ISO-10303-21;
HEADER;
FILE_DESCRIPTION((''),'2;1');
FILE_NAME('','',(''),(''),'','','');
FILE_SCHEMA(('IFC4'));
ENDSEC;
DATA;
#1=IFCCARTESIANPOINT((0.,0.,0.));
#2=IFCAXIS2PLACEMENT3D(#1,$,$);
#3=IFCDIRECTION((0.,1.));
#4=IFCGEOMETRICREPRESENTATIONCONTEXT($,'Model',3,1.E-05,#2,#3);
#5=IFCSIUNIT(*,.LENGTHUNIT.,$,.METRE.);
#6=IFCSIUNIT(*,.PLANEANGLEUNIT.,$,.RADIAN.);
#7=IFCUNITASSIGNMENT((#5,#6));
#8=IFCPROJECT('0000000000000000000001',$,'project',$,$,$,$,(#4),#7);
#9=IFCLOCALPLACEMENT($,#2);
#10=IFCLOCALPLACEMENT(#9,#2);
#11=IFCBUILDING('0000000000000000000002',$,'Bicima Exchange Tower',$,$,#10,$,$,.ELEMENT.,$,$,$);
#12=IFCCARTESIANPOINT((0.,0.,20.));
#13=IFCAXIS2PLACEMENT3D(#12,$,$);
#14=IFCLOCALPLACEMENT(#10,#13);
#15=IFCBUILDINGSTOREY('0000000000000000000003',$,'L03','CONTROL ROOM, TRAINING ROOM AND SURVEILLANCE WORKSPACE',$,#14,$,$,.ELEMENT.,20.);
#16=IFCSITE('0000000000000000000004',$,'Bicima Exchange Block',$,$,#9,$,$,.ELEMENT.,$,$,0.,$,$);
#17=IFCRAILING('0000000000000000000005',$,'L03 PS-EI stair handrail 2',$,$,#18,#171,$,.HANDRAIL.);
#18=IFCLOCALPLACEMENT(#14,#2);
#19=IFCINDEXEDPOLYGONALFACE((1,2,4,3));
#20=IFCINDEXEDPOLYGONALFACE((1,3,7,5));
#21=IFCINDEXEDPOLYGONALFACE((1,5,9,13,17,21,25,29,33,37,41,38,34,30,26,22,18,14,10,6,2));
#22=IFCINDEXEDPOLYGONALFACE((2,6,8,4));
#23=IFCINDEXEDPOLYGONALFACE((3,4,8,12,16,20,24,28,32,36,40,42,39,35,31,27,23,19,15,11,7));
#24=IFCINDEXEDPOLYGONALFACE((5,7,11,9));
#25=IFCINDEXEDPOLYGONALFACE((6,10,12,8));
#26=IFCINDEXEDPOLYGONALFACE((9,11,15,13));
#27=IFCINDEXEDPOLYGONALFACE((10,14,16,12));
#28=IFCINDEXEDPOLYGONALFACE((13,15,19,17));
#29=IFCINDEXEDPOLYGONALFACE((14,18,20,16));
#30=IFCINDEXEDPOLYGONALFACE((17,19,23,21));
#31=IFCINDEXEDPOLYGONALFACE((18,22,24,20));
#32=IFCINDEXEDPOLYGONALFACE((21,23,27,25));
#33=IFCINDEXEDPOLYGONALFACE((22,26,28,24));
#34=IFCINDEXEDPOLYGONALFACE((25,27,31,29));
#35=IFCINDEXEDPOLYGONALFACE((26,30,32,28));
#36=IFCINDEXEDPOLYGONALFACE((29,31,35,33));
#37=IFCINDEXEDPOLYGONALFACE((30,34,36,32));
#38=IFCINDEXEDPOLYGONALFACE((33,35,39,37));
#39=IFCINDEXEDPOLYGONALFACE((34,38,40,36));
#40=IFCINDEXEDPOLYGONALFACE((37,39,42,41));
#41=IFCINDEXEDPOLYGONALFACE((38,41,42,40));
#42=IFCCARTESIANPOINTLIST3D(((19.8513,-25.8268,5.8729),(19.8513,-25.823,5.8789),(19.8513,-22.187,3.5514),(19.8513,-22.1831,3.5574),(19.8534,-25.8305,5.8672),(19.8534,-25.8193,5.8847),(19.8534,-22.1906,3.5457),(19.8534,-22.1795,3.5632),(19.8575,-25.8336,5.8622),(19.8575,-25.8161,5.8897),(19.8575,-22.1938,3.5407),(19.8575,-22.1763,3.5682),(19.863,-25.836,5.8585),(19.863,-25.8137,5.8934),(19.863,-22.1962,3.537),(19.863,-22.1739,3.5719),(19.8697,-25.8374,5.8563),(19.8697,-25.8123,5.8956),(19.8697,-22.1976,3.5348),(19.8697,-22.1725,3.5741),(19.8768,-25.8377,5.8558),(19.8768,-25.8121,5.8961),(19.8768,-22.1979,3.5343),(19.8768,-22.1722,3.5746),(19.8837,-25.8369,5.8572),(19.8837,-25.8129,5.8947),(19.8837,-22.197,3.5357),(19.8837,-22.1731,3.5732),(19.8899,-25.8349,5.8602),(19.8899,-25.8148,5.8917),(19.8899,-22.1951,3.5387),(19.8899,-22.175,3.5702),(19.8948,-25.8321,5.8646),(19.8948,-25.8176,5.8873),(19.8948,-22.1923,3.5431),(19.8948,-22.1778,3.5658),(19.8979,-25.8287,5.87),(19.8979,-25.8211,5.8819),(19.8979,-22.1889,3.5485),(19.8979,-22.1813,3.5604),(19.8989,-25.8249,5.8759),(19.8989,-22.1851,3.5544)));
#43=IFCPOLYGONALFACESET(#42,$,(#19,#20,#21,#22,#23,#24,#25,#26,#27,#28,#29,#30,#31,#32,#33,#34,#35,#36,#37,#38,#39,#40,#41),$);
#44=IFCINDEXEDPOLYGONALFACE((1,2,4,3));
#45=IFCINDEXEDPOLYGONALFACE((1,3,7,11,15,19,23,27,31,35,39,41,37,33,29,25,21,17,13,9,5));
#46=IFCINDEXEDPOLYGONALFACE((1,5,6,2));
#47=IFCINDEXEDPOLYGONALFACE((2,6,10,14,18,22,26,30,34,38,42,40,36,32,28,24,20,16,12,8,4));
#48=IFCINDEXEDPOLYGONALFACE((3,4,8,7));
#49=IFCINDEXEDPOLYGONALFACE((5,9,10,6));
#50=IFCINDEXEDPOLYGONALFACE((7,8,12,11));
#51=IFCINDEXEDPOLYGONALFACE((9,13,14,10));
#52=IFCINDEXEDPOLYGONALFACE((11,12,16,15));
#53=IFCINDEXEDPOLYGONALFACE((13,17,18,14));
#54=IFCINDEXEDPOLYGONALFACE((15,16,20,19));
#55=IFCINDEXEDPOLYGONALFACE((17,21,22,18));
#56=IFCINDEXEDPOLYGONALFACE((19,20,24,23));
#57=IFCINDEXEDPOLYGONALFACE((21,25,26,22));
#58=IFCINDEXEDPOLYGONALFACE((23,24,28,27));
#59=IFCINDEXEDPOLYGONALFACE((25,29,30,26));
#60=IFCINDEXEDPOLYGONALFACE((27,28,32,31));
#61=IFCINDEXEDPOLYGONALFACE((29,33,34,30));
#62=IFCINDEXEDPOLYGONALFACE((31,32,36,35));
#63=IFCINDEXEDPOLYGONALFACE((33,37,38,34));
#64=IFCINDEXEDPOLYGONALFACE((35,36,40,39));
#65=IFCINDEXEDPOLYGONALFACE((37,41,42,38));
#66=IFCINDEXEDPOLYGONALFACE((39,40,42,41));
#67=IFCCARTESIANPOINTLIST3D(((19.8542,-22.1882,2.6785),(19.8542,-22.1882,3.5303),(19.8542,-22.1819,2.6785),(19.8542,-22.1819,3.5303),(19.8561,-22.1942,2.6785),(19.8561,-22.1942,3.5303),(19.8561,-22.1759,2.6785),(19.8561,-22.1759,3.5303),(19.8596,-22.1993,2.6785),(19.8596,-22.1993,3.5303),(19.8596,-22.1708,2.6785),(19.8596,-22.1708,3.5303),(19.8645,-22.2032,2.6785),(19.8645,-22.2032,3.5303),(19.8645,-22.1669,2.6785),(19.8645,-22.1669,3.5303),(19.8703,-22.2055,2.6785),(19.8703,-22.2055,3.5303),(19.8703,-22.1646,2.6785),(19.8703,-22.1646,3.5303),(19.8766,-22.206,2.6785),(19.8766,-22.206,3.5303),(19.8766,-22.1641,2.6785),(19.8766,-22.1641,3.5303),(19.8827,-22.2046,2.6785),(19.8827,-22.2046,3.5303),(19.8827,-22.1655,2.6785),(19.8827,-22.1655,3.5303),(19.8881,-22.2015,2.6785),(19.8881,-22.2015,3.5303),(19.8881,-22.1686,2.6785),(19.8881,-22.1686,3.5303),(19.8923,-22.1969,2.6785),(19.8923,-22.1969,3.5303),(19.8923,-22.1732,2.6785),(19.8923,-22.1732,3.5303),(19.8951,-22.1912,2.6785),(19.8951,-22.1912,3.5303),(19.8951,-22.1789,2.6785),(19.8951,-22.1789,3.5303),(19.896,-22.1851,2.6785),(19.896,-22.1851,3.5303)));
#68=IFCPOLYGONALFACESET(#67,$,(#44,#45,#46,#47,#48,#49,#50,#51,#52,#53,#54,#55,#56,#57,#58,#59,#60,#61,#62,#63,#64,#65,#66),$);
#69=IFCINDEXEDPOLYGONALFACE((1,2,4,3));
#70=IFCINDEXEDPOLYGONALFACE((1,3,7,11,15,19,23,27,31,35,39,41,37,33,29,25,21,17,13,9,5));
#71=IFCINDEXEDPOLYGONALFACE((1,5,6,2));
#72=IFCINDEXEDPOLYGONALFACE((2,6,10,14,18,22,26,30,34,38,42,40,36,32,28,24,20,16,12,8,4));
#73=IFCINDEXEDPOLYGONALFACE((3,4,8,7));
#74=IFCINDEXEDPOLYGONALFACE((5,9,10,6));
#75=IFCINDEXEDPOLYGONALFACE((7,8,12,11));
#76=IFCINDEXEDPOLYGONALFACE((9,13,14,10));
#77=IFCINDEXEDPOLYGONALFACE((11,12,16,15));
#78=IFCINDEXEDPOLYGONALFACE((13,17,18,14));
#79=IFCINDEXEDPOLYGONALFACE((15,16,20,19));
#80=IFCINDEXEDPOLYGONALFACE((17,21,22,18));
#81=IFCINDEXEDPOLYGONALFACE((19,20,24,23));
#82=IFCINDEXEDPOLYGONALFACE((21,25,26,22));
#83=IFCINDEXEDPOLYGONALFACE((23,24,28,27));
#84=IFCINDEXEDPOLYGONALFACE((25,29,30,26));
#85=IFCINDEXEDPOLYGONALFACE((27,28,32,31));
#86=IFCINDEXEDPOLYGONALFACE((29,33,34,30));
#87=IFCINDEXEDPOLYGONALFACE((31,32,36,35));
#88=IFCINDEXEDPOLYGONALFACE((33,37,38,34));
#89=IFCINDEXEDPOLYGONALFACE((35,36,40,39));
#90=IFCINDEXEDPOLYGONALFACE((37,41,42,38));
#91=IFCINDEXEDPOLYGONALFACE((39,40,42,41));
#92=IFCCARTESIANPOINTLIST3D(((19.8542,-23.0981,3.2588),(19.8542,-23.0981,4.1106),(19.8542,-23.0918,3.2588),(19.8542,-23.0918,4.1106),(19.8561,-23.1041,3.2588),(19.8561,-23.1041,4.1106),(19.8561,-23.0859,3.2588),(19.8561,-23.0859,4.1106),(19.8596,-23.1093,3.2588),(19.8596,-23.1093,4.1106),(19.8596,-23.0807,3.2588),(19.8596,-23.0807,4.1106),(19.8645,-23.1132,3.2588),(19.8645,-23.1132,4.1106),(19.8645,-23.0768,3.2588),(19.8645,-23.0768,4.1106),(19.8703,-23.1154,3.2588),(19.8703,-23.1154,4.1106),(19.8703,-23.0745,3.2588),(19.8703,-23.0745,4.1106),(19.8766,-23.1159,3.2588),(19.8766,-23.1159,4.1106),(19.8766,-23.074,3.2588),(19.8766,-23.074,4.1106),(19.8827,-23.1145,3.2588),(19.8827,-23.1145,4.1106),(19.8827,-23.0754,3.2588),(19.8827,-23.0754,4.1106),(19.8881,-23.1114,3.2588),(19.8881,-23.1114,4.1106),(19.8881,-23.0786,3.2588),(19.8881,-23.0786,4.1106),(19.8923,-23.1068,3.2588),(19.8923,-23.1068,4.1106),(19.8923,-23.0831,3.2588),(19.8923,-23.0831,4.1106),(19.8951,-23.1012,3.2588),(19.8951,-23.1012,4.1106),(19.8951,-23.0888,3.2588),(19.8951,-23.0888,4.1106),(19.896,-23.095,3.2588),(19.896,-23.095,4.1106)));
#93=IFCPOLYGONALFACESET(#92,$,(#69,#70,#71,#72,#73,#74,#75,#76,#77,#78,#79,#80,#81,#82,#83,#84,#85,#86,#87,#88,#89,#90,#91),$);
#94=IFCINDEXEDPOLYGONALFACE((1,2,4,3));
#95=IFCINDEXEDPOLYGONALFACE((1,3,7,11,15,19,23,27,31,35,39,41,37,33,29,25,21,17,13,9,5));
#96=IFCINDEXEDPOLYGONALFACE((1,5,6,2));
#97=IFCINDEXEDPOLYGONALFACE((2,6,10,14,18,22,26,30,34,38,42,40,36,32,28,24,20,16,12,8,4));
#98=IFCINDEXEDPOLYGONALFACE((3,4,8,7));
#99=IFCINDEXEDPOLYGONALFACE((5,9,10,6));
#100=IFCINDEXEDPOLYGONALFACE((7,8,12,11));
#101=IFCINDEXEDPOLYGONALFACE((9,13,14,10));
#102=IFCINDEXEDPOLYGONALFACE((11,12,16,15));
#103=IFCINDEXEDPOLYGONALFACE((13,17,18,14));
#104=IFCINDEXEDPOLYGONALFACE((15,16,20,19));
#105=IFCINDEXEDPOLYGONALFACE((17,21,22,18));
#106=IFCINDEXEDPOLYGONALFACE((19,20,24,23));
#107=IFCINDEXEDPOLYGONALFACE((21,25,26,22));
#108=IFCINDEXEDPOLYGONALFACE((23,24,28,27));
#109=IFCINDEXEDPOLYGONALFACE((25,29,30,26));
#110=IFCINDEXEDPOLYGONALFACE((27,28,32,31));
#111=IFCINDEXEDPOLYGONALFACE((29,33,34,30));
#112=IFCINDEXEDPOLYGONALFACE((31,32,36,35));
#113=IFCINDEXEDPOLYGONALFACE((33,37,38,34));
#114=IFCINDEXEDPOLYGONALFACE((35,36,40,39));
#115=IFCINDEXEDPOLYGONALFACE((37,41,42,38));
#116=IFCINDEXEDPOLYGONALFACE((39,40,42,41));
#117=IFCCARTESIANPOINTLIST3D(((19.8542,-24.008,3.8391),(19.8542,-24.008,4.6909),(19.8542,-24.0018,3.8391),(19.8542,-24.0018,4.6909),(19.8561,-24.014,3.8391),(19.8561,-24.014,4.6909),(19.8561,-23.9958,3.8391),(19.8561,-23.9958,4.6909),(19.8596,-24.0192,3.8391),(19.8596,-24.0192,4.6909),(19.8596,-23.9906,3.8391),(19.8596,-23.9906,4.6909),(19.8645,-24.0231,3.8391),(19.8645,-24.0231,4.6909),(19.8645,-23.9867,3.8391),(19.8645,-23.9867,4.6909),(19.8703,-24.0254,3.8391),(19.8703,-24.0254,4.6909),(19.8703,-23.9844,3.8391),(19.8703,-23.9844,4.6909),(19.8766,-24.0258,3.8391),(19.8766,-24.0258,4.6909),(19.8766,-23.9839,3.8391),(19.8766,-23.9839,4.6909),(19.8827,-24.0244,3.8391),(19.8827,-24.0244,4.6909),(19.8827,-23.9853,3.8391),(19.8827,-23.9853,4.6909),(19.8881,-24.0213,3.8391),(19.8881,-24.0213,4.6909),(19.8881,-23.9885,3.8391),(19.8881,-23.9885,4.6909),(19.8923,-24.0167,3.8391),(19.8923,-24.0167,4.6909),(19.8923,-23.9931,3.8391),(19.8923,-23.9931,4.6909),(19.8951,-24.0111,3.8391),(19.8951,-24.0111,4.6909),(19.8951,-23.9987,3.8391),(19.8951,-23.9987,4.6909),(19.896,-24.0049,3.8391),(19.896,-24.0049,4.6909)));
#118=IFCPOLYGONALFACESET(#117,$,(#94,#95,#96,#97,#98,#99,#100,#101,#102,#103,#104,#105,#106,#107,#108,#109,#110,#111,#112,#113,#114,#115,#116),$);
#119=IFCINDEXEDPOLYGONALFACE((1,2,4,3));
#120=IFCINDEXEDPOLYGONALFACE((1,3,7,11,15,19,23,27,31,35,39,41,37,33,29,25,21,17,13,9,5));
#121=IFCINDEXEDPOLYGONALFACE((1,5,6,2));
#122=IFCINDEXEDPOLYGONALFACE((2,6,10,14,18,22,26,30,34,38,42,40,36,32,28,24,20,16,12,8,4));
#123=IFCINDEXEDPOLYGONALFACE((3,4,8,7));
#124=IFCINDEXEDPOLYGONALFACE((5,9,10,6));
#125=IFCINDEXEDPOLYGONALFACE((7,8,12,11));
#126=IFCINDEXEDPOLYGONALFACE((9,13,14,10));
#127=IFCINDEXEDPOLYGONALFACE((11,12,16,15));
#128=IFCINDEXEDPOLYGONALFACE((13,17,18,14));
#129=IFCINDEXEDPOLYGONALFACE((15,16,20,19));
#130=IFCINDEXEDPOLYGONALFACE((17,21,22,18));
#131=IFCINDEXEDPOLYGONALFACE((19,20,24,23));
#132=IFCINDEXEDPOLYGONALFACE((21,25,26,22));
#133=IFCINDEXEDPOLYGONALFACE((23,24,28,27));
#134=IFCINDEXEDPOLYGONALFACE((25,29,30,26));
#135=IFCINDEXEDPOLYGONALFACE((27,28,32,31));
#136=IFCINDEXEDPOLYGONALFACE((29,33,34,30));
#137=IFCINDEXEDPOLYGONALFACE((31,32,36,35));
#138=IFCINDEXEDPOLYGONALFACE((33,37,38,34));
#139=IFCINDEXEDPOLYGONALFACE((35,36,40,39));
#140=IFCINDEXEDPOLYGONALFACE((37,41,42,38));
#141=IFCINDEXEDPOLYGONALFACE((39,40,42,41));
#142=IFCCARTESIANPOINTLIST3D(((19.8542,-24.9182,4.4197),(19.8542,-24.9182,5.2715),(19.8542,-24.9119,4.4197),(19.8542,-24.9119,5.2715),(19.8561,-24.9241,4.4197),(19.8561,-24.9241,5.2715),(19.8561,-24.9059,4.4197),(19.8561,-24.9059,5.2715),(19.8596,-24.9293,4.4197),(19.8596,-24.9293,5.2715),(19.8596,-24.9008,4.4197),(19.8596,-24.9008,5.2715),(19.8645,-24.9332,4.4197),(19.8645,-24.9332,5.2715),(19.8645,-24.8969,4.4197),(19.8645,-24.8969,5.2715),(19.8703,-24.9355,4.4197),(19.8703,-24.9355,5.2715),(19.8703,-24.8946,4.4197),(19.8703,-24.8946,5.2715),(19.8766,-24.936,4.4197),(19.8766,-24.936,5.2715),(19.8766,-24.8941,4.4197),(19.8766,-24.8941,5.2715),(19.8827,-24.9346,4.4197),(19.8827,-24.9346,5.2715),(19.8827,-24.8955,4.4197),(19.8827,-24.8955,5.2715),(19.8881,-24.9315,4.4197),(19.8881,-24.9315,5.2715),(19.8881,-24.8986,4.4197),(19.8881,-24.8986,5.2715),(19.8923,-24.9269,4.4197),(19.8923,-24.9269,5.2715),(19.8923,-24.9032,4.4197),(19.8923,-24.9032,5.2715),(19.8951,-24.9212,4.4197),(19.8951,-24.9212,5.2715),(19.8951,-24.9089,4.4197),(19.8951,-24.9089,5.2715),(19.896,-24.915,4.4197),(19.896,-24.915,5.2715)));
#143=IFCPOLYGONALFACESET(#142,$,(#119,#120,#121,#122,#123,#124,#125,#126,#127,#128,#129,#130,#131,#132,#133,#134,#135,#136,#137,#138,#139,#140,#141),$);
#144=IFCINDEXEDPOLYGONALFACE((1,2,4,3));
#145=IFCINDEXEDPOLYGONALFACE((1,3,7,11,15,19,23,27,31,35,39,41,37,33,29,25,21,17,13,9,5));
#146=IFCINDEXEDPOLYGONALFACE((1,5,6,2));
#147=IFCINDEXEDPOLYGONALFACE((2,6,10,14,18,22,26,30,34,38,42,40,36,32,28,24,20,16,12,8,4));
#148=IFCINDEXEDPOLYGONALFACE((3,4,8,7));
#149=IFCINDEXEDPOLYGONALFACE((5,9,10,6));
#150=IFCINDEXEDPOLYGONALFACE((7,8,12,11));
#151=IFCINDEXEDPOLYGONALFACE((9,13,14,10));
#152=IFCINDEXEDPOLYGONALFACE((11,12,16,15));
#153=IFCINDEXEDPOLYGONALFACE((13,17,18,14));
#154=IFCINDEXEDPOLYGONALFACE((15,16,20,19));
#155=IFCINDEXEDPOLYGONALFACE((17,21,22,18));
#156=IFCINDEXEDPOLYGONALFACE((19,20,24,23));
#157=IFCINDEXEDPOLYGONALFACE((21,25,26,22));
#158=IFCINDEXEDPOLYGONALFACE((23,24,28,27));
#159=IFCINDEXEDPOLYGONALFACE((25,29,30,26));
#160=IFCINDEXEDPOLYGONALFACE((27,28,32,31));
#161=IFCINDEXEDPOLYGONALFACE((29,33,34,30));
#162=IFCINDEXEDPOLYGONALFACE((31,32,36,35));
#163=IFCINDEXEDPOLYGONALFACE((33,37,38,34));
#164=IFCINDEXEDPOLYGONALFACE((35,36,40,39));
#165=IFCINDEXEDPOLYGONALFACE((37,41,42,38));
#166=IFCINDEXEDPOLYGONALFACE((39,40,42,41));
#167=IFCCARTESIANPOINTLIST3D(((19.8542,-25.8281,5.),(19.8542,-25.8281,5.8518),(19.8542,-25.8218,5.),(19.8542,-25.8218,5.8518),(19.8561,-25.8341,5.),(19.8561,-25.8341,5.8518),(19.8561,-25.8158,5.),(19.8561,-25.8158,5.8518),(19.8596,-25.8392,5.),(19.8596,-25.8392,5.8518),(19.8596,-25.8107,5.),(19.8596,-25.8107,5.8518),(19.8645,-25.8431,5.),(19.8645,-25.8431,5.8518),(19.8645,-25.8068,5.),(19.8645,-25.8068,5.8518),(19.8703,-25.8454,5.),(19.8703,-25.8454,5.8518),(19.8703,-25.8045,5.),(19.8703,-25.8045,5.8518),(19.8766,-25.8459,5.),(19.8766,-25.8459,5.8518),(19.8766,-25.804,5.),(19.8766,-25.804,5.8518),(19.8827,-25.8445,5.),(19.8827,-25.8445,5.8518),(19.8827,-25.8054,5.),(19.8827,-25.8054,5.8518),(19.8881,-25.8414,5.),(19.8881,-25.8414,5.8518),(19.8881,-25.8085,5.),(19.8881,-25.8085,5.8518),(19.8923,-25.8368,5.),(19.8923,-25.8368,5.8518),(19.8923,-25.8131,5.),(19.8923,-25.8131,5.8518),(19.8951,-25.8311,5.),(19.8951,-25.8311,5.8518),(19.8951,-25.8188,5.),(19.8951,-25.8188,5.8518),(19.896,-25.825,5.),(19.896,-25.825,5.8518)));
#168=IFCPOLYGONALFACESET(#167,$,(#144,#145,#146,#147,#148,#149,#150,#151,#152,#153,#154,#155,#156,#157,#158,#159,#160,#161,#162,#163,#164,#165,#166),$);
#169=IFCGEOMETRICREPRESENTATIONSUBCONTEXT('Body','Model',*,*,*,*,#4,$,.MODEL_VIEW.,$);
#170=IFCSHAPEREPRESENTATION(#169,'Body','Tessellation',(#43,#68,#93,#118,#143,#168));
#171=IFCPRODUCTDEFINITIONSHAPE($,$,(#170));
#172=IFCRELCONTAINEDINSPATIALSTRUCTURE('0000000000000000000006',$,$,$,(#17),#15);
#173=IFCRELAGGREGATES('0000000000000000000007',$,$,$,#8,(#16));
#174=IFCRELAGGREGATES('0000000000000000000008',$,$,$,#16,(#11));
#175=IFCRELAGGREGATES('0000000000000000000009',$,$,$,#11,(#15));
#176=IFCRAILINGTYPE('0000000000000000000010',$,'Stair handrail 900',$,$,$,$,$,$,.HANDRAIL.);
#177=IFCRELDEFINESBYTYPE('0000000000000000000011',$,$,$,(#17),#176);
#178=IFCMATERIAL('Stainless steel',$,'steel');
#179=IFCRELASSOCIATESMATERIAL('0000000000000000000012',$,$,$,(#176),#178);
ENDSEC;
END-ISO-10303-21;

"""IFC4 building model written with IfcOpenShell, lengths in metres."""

from ifc_helpers import new_model, si_unit, direction, frame, origin, origin_2d, place, context, subcontext, project, spatial, circle, extrude, material, type_object, element, save


model = new_model("IFC4")

# Units and contexts
model_context = context("Model", 3, precision=1e-05, world=origin(), true_north=direction((0.0, 1.0)))
body_context = subcontext(model_context, "Body", "Model", "MODEL_VIEW")
ifc_project = project(units=[si_unit("LENGTHUNIT", "METRE"), si_unit("PLANEANGLEUNIT", "RADIAN")], contexts=[model_context])

# Site, building, storey
site_placement = place(None, origin())
site = spatial("IfcSite", under=ifc_project, at=site_placement, Name="Bicima Exchange Block", CompositionType="ELEMENT", RefElevation=0.0)
building_placement = place(site_placement, origin())
building = spatial("IfcBuilding", under=site, at=building_placement, Name="Bicima Exchange Tower", CompositionType="ELEMENT")
storey_placement = place(building_placement, frame((0.0, 0.0, 20.0)))
storey = spatial("IfcBuildingStorey", under=building, at=storey_placement, Name="L03", Description="CONTROL ROOM, TRAINING ROOM AND SURVEILLANCE WORKSPACE", CompositionType="ELEMENT", Elevation=20.0)

# Railing
ifc_material_1 = material(Name="Stainless steel", Category="steel")
railing_type_1 = type_object("IfcRailingType", Name="Stair handrail 900", PredefinedType="HANDRAIL", material=ifc_material_1)
railing_1_placement = place(storey_placement, frame((19.875, -22.1851, 2.6785)))
element("IfcRailing", 1, at=railing_1_placement, inside=storey, type_object=railing_type_1, Name="L03 PS-EI stair handrail 2", PredefinedType="HANDRAIL", context=body_context, shape_type="SweptSolid", body=[
    extrude(circle(Radius=0.0239, at=origin_2d()), frame((0.0, 0.0, 0.876), z_axis=(0.0, -0.843112, 0.537739), x_axis=(1.0, 0.0, 0.0)), (0.0, 0.0, 1.0), 4.3171),
    extrude(circle(Radius=0.021, at=origin_2d()), origin(), (0.0, 0.0, 1.0), 0.8518),
    extrude(circle(Radius=0.021, at=origin_2d()), frame((0.0, -0.9099, 0.5803)), (0.0, 0.0, 1.0), 0.8518),
    extrude(circle(Radius=0.021, at=origin_2d()), frame((0.0, -1.8198, 1.1606)), (0.0, 0.0, 1.0), 0.8518),
    extrude(circle(Radius=0.021, at=origin_2d()), frame((0.0, -2.73, 1.7412)), (0.0, 0.0, 1.0), 0.8518),
    extrude(circle(Radius=0.021, at=origin_2d()), frame((0.0, -3.6399, 2.3215)), (0.0, 0.0, 1.0), 0.8518),
])

save(model, "model.ifc")
